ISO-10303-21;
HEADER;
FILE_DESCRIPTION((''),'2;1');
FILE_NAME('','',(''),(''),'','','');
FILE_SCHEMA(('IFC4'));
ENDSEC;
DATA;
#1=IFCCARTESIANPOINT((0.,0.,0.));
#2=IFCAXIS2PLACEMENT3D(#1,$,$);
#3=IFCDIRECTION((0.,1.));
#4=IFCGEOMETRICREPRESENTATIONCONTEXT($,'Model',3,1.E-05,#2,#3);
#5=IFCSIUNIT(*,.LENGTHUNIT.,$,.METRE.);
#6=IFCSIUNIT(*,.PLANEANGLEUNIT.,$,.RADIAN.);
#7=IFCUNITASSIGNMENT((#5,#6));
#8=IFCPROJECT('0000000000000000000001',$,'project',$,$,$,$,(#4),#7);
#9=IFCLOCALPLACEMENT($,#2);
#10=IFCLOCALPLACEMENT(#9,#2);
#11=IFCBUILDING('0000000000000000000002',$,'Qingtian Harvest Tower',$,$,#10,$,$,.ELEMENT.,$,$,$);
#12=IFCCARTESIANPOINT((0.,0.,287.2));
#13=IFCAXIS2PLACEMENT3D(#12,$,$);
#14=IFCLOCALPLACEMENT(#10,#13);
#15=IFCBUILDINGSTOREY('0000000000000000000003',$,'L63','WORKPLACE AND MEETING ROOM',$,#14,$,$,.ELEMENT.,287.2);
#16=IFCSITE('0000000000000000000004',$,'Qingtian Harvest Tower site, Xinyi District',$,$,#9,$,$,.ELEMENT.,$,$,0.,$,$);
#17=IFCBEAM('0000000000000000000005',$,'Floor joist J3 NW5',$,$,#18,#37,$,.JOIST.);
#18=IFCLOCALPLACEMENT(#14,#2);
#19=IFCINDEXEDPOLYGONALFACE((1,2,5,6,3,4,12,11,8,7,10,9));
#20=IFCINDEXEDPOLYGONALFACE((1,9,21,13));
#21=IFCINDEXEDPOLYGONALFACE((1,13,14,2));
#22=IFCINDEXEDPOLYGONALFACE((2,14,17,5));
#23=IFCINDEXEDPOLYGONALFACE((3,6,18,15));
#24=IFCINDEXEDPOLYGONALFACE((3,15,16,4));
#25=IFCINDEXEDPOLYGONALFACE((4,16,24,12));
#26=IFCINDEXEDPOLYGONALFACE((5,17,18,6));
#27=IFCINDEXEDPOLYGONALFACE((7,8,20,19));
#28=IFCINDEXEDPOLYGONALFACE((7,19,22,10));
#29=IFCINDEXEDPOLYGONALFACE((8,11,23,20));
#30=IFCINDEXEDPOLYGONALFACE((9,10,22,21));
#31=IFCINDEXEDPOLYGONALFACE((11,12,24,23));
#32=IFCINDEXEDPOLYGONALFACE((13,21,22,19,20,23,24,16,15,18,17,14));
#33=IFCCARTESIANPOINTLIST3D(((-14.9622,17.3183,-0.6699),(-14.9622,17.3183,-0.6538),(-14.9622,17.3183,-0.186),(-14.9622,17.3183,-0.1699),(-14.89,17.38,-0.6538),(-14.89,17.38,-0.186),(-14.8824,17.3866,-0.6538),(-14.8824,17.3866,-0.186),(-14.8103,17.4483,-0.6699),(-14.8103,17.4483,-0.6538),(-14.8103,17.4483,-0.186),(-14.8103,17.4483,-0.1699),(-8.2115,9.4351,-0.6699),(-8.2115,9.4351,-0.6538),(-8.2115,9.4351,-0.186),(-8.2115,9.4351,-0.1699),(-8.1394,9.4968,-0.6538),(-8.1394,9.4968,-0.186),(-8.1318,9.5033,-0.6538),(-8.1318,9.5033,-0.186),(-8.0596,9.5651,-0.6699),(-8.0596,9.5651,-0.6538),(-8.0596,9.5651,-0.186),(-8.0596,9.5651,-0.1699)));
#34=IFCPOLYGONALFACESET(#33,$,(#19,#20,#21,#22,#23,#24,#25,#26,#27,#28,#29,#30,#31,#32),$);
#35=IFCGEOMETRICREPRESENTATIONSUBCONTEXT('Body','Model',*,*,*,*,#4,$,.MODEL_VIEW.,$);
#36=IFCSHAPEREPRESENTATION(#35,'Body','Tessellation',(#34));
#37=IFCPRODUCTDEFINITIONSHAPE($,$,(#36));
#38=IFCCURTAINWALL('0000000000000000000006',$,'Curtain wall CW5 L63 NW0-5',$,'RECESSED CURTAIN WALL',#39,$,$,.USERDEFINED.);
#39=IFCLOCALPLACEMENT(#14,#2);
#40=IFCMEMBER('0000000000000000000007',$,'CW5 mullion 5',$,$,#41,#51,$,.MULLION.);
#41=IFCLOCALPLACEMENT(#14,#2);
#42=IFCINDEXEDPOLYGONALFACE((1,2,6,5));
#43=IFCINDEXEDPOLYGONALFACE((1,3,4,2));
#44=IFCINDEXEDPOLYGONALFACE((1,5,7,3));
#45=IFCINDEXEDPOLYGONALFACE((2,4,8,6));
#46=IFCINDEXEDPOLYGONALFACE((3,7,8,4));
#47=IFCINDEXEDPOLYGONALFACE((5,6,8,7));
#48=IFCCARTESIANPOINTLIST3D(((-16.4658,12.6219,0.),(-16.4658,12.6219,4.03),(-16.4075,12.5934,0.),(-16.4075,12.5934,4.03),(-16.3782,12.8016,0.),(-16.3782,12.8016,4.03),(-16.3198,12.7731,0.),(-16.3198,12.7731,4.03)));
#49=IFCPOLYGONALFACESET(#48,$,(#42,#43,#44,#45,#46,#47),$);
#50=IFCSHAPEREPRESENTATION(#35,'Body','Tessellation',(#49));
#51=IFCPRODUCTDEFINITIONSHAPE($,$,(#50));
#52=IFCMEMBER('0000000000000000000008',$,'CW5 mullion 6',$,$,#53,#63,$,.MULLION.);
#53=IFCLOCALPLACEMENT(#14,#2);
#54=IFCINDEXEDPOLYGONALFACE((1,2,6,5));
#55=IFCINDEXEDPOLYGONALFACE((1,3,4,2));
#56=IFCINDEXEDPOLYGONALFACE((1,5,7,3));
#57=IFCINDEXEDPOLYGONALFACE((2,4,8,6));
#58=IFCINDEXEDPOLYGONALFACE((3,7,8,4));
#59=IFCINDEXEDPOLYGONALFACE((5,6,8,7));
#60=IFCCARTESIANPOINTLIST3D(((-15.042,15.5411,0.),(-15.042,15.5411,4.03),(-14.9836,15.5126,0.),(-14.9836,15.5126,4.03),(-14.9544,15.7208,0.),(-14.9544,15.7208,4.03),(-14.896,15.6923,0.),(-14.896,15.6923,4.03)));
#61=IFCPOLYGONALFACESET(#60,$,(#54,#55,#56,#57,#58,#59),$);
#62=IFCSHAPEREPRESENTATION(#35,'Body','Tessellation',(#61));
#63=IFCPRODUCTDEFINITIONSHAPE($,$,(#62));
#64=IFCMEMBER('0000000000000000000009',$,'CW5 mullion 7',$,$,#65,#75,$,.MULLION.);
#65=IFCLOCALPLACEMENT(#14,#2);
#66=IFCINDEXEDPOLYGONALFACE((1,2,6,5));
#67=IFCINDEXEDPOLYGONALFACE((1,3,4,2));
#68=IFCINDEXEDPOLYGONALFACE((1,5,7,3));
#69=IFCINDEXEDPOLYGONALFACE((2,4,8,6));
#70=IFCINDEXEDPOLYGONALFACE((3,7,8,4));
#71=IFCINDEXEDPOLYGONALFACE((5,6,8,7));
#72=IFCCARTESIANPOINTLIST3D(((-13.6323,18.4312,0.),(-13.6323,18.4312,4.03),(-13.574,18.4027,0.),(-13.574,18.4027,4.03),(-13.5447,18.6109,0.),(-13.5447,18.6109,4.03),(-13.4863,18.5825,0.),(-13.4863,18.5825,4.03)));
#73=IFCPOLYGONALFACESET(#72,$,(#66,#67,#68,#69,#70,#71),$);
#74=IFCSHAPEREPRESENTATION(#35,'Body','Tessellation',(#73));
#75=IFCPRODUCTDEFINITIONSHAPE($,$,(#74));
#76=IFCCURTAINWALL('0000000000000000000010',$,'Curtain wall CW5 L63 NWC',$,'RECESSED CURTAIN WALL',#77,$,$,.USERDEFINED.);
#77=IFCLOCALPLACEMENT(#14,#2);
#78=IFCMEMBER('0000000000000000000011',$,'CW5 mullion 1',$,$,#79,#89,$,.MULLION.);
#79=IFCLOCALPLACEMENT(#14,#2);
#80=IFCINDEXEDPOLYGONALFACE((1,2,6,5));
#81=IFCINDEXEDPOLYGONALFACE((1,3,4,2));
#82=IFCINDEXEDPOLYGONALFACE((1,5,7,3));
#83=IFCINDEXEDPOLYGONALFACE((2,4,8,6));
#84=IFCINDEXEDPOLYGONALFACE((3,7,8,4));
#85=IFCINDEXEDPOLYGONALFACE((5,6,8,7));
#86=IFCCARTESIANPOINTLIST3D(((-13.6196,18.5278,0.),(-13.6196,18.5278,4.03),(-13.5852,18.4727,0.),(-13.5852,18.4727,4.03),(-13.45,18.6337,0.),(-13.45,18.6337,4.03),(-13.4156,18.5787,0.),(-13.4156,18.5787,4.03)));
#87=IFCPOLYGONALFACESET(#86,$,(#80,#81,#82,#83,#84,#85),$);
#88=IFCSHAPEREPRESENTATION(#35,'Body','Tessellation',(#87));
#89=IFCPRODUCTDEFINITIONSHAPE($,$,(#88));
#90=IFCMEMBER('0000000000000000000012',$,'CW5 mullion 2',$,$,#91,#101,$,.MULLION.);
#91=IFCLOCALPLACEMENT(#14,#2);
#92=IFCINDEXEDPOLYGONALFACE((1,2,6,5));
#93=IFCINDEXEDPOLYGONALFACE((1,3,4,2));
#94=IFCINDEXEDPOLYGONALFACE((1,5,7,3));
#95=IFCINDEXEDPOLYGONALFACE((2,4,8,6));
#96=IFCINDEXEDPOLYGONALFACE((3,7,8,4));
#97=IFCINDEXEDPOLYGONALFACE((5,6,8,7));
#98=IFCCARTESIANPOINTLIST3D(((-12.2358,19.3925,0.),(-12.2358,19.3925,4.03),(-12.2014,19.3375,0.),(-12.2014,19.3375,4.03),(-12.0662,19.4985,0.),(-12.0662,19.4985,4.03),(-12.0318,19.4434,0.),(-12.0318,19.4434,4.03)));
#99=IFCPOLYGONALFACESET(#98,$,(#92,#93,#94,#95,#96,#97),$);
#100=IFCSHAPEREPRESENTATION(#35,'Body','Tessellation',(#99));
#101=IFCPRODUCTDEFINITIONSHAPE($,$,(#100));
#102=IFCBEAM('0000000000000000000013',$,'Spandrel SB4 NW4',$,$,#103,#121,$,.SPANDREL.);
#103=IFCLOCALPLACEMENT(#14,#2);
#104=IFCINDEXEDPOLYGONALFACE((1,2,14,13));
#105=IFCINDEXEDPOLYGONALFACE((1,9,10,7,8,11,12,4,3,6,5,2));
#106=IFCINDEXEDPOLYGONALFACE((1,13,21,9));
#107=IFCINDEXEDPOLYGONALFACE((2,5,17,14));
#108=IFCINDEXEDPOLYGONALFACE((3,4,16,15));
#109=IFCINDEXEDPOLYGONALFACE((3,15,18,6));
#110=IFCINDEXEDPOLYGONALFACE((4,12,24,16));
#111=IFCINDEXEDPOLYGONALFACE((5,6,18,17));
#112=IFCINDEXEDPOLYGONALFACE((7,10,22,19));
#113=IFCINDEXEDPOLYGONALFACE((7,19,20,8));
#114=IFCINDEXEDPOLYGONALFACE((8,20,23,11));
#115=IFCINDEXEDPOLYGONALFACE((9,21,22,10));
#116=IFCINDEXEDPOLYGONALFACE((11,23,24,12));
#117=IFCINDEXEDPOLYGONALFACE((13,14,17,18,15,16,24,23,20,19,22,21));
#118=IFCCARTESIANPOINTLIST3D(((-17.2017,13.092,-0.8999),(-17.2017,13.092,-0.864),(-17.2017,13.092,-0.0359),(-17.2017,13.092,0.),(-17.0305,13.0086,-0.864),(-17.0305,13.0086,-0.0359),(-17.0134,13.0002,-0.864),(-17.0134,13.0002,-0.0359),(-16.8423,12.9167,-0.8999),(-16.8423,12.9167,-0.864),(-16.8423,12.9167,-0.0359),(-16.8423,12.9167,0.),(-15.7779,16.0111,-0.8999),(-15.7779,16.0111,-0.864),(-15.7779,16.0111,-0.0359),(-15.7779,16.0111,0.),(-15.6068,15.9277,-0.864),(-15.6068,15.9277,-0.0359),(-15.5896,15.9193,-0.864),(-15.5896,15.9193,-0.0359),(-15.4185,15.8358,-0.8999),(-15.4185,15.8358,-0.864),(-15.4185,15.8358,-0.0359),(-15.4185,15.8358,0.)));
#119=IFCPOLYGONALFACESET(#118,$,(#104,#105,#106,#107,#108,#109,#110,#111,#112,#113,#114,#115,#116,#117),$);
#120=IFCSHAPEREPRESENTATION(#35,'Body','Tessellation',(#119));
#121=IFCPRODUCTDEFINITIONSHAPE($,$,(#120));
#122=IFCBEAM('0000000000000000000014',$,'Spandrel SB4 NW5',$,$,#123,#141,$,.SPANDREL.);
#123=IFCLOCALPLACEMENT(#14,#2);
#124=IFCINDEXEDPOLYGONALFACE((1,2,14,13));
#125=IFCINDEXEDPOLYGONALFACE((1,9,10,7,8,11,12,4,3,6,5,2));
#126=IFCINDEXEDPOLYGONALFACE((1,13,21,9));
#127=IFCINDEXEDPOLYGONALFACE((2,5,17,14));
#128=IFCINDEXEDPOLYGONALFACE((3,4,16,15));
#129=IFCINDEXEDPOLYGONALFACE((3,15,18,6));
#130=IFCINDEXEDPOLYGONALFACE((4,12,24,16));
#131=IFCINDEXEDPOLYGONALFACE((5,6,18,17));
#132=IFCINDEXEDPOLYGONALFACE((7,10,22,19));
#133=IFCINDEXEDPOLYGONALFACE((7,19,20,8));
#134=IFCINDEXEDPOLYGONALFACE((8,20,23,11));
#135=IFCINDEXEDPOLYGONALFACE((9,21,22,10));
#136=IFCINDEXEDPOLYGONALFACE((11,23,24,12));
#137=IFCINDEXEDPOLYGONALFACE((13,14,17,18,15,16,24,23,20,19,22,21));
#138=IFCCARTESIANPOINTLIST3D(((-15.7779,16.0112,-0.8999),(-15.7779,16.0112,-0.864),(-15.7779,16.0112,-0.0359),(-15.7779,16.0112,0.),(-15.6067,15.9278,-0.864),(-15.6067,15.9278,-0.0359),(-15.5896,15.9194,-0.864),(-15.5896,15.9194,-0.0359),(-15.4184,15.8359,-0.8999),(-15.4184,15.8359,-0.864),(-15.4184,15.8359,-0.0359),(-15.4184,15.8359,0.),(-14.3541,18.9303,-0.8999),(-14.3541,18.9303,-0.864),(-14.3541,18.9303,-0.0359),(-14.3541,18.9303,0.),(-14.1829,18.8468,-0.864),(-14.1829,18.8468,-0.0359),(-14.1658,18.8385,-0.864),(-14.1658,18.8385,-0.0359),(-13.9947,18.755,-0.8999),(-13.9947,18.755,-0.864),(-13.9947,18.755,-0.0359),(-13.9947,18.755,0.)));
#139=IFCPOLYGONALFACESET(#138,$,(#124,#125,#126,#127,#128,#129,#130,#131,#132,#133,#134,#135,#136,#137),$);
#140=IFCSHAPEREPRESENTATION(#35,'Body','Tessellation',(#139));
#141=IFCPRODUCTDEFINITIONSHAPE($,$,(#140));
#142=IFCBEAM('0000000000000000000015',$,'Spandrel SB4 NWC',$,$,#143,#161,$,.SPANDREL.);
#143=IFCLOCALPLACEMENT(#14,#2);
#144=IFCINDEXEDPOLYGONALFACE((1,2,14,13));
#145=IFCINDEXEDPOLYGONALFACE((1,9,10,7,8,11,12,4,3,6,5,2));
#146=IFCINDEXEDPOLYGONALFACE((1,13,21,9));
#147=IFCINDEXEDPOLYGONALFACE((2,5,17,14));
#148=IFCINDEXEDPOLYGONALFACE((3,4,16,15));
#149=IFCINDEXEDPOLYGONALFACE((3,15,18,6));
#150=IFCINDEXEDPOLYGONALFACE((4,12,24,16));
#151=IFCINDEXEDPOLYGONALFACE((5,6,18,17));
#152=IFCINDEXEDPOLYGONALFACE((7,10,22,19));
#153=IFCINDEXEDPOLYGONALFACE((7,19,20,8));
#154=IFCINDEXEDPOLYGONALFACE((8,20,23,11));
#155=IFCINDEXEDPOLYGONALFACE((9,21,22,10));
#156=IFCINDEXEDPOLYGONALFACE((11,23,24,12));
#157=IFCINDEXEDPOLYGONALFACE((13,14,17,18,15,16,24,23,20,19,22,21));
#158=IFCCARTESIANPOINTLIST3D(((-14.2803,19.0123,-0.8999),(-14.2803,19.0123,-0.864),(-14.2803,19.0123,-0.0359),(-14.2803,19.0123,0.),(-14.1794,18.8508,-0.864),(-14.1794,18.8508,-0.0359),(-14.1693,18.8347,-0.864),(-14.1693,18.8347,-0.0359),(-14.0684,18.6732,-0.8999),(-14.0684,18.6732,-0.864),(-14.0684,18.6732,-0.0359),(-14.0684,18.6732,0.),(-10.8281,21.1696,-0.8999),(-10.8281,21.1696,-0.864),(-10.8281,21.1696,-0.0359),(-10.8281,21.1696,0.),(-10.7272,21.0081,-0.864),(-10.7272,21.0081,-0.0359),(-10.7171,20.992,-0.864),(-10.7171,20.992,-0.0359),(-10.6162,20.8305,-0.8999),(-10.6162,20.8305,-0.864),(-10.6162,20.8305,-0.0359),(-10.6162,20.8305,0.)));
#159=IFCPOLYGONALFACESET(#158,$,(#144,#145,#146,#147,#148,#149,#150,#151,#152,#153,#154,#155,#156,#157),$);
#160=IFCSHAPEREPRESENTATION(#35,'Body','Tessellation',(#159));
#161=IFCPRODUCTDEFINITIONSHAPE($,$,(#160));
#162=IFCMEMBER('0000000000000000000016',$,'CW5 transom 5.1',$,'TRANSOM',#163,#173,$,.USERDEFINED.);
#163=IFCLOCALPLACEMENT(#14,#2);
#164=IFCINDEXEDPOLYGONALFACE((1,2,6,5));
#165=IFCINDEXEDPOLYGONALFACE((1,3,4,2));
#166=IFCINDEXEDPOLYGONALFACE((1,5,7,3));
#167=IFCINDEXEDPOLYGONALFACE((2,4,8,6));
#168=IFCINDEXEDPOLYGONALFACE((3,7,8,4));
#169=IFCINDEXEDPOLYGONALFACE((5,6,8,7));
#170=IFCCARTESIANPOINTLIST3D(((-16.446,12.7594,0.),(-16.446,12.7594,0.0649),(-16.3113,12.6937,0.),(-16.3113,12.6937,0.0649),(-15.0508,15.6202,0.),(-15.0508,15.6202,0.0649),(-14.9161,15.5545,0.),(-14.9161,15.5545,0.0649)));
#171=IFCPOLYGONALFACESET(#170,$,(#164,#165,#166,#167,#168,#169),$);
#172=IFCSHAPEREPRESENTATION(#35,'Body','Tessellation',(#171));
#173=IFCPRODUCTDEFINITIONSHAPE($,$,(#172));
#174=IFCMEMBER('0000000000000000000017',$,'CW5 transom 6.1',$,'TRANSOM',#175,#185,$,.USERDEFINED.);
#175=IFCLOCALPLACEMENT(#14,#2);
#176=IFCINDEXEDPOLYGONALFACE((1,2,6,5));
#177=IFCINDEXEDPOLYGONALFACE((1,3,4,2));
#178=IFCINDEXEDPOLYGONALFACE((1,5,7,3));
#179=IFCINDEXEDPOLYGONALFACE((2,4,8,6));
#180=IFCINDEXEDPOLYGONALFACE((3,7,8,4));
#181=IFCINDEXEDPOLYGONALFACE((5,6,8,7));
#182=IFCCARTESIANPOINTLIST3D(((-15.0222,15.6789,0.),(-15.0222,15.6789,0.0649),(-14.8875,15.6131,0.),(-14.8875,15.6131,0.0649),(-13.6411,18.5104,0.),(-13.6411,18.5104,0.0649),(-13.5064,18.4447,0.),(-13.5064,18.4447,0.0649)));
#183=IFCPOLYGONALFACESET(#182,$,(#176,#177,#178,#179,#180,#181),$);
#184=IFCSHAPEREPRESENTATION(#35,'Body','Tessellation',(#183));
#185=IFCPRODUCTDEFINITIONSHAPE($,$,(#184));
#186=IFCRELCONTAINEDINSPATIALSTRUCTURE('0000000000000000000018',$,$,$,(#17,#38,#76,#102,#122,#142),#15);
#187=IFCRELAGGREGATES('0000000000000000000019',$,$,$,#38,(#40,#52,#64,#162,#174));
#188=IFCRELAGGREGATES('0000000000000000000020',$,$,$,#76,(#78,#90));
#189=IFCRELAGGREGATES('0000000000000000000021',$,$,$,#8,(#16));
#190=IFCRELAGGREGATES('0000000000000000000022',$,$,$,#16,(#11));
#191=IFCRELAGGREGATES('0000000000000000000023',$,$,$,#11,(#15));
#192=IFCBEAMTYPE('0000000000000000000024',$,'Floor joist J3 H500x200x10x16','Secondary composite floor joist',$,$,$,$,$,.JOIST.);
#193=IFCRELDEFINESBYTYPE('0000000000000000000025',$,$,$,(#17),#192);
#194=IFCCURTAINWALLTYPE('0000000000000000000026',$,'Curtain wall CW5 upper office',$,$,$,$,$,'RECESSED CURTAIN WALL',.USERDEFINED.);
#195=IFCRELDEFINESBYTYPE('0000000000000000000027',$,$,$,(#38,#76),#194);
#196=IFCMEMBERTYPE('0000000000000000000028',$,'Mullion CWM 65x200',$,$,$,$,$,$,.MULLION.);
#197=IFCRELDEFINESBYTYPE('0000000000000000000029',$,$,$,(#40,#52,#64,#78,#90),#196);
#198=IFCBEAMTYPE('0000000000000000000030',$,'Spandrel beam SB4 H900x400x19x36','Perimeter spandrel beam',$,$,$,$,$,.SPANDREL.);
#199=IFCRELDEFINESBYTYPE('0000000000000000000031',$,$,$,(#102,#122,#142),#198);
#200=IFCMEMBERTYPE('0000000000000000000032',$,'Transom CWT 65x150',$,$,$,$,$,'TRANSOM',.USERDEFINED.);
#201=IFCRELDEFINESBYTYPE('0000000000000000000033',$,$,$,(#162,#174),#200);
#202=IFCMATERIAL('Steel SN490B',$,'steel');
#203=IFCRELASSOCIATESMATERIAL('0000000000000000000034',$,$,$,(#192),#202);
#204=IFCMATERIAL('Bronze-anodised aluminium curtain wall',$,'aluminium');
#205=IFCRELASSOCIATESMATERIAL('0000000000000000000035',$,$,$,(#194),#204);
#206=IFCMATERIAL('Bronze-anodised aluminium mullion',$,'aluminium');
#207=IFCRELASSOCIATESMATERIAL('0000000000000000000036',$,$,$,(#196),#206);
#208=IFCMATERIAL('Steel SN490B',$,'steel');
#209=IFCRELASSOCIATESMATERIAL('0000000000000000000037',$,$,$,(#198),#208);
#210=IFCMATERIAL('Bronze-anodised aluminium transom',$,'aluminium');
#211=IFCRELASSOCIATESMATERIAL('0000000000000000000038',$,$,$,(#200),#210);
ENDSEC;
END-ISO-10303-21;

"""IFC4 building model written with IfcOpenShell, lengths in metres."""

from ifc_helpers import new_model, si_unit, direction, frame, origin, origin_2d, place, context, subcontext, project, spatial, rectangle, i_section, extrude, material, material_profile, profile_set, type_object, element, aggregate, save


model = new_model("IFC4")

# Units and contexts
model_context = context("Model", 3, precision=1e-05, world=origin(), true_north=direction((0.0, 1.0)))
body_context = subcontext(model_context, "Body", "Model", "MODEL_VIEW")
ifc_project = project(units=[si_unit("LENGTHUNIT", "METRE"), si_unit("PLANEANGLEUNIT", "RADIAN")], contexts=[model_context])

# Site, building, storey
site_placement = place(None, origin())
site = spatial("IfcSite", under=ifc_project, at=site_placement, Name="Qingtian Harvest Tower site, Xinyi District", CompositionType="ELEMENT", RefElevation=0.0)
building_placement = place(site_placement, origin())
building = spatial("IfcBuilding", under=site, at=building_placement, Name="Qingtian Harvest Tower", CompositionType="ELEMENT")
storey_placement = place(building_placement, frame((0.0, 0.0, 287.2)))
storey = spatial("IfcBuildingStorey", under=building, at=storey_placement, Name="L63", Description="WORKPLACE AND MEETING ROOM", CompositionType="ELEMENT", Elevation=287.2)

# Beam
ifc_material_1 = material(Name="Steel SN490B", Category="steel")
ifc_material_profile_1 = material_profile(ifc_material_1, i_section(OverallWidth=0.2, OverallDepth=0.5, WebThickness=0.01, FlangeThickness=0.0161, at=origin_2d()), Name="H500x200x10x16")
ifc_profile_set_1 = profile_set([ifc_material_profile_1], Name="Steel SN490B")
beam_type_1 = type_object("IfcBeamType", Name="Floor joist J3 H500x200x10x16", Description="Secondary composite floor joist", PredefinedType="JOIST", material=ifc_profile_set_1)
beam_1_placement = place(storey_placement, frame((-14.8862, 17.3833, -0.4199), z_axis=(0.650437, -0.75956, 0.0), x_axis=(0.75956, 0.650437, 0.0)))
element("IfcBeam", 1, at=beam_1_placement, inside=storey, type_object=beam_type_1, Name="Floor joist J3 NW5", PredefinedType="JOIST", context=body_context, shape_type="SweptSolid", body=[
    extrude(i_section(OverallWidth=0.2, OverallDepth=0.5, WebThickness=0.01, FlangeThickness=0.0161, at=origin_2d()), origin(), (0.0, 0.0, 1.0), 10.3787),
])

# Curtain walls, members
ifc_material_2 = material(Name="Bronze-anodised aluminium curtain wall", Category="aluminium")
curtain_wall_type = type_object("IfcCurtainWallType", Name="Curtain wall CW5 upper office", ElementType="RECESSED CURTAIN WALL", PredefinedType="USERDEFINED", material=ifc_material_2)
curtain_wall_1_placement = place(storey_placement, origin())
curtain_wall_1 = element("IfcCurtainWall", 2, at=curtain_wall_1_placement, inside=storey, type_object=curtain_wall_type, Name="Curtain wall CW5 L63 NW0-5", ObjectType="RECESSED CURTAIN WALL", PredefinedType="USERDEFINED")
ifc_material_3 = material(Name="Bronze-anodised aluminium mullion", Category="aluminium")
ifc_material_profile_2 = material_profile(ifc_material_3, rectangle(XDim=0.0649, YDim=0.2, at=origin_2d()), Name="AL 65x200")
ifc_profile_set_2 = profile_set([ifc_material_profile_2], Name="Bronze-anodised aluminium mullion")
member_type_1 = type_object("IfcMemberType", Name="Mullion CWM 65x200", PredefinedType="MULLION", material=ifc_profile_set_2)
member_1_placement = place(storey_placement, frame((-16.3928, 12.6975, 0.0), z_axis=(0.0, 0.0, 1.0), x_axis=(-0.898794, 0.438371, 0.0)))
member_1 = element("IfcMember", 3, at=member_1_placement, type_object=member_type_1, Name="CW5 mullion 5", PredefinedType="MULLION", context=body_context, shape_type="SweptSolid", body=[
    extrude(rectangle(XDim=0.0649, YDim=0.2, at=origin_2d()), origin(), (0.0, 0.0, 1.0), 4.03),
])
member_2_placement = place(storey_placement, frame((-14.969, 15.6167, 0.0), z_axis=(0.0, 0.0, 1.0), x_axis=(-0.898794, 0.438371, 0.0)))
member_2 = element("IfcMember", 4, at=member_2_placement, type_object=member_type_1, Name="CW5 mullion 6", PredefinedType="MULLION", context=body_context, shape_type="SweptSolid", body=[
    extrude(rectangle(XDim=0.0649, YDim=0.2, at=origin_2d()), origin(), (0.0, 0.0, 1.0), 4.03),
])
member_3_placement = place(storey_placement, frame((-13.5593, 18.5068, 0.0), z_axis=(0.0, 0.0, 1.0), x_axis=(-0.898794, 0.438371, 0.0)))
member_3 = element("IfcMember", 5, at=member_3_placement, type_object=member_type_1, Name="CW5 mullion 7", PredefinedType="MULLION", context=body_context, shape_type="SweptSolid", body=[
    extrude(rectangle(XDim=0.0649, YDim=0.2, at=origin_2d()), origin(), (0.0, 0.0, 1.0), 4.03),
])
curtain_wall_2_placement = place(storey_placement, origin())
curtain_wall_2 = element("IfcCurtainWall", 6, at=curtain_wall_2_placement, inside=storey, type_object=curtain_wall_type, Name="Curtain wall CW5 L63 NWC", ObjectType="RECESSED CURTAIN WALL", PredefinedType="USERDEFINED")
member_4_placement = place(storey_placement, frame((-13.5176, 18.5532, 0.0), z_axis=(0.0, 0.0, 1.0), x_axis=(-0.529919, 0.848048, 0.0)))
member_4 = element("IfcMember", 7, at=member_4_placement, type_object=member_type_1, Name="CW5 mullion 1", PredefinedType="MULLION", context=body_context, shape_type="SweptSolid", body=[
    extrude(rectangle(XDim=0.0649, YDim=0.2, at=origin_2d()), origin(), (0.0, 0.0, 1.0), 4.03),
])
member_5_placement = place(storey_placement, frame((-12.1338, 19.418, 0.0), z_axis=(0.0, 0.0, 1.0), x_axis=(-0.529919, 0.848048, 0.0)))
member_5 = element("IfcMember", 8, at=member_5_placement, type_object=member_type_1, Name="CW5 mullion 2", PredefinedType="MULLION", context=body_context, shape_type="SweptSolid", body=[
    extrude(rectangle(XDim=0.0649, YDim=0.2, at=origin_2d()), origin(), (0.0, 0.0, 1.0), 4.03),
])

# Beams
ifc_material_4 = material(Name="Steel SN490B", Category="steel")
ifc_material_profile_3 = material_profile(ifc_material_4, i_section(OverallWidth=0.3999, OverallDepth=0.8999, WebThickness=0.019, FlangeThickness=0.0359, at=origin_2d()), Name="H900x400x19x36")
ifc_profile_set_3 = profile_set([ifc_material_profile_3], Name="Steel SN490B")
beam_type_2 = type_object("IfcBeamType", Name="Spandrel beam SB4 H900x400x19x36", Description="Perimeter spandrel beam", PredefinedType="SPANDREL", material=ifc_profile_set_3)
for number, where, z_axis, x_axis, name in (
    (9, (-17.022, 13.0044, -0.45), (0.438382, 0.898789, 0.0), (-0.898789, 0.438382, 0.0), "Spandrel SB4 NW4"),
    (10, (-15.5981, 15.9236, -0.45), (0.438382, 0.898789, 0.0), (-0.898789, 0.438382, 0.0), "Spandrel SB4 NW5"),
):
    element("IfcBeam", number, at=place(storey_placement, frame(where, z_axis=z_axis, x_axis=x_axis)), inside=storey, type_object=beam_type_2, Name=name, PredefinedType="SPANDREL", context=body_context, shape_type="SweptSolid", body=[
        extrude(i_section(OverallWidth=0.3999, OverallDepth=0.8999, WebThickness=0.019, FlangeThickness=0.0359, at=origin_2d()), origin(), (0.0, 0.0, 1.0), 3.2478),
    ])
beam_2_placement = place(storey_placement, frame((-14.1743, 18.8428, -0.45), z_axis=(0.848039, 0.529934, 0.0), x_axis=(-0.529934, 0.848039, 0.0)))
element("IfcBeam", 11, at=beam_2_placement, inside=storey, type_object=beam_type_2, Name="Spandrel SB4 NWC", PredefinedType="SPANDREL", context=body_context, shape_type="SweptSolid", body=[
    extrude(i_section(OverallWidth=0.3999, OverallDepth=0.8999, WebThickness=0.019, FlangeThickness=0.0359, at=origin_2d()), origin(), (0.0, 0.0, 1.0), 4.0708),
])

# Members
ifc_material_5 = material(Name="Bronze-anodised aluminium transom", Category="aluminium")
ifc_material_profile_4 = material_profile(ifc_material_5, rectangle(XDim=0.1499, YDim=0.0649, at=origin_2d()), Name="AL 65x150")
ifc_profile_set_4 = profile_set([ifc_material_profile_4], Name="Bronze-anodised aluminium transom")
member_type_2 = type_object("IfcMemberType", Name="Transom CWT 65x150", ElementType="TRANSOM", PredefinedType="USERDEFINED", material=ifc_profile_set_4)
member_6_placement = place(storey_placement, frame((-16.3787, 12.7266, 0.0325), z_axis=(0.438356, 0.898802, 0.0), x_axis=(-0.898802, 0.438356, 0.0)))
member_6 = element("IfcMember", 12, at=member_6_placement, type_object=member_type_2, Name="CW5 transom 5.1", ObjectType="TRANSOM", PredefinedType="USERDEFINED", context=body_context, shape_type="SweptSolid", body=[
    extrude(rectangle(XDim=0.1499, YDim=0.0649, at=origin_2d()), origin(), (0.0, 0.0, 1.0), 3.1829),
])
member_7_placement = place(storey_placement, frame((-14.9548, 15.646, 0.0325), z_axis=(0.438389, 0.898786, 0.0), x_axis=(-0.898786, 0.438389, 0.0)))
member_7 = element("IfcMember", 13, at=member_7_placement, type_object=member_type_2, Name="CW5 transom 6.1", ObjectType="TRANSOM", PredefinedType="USERDEFINED", context=body_context, shape_type="SweptSolid", body=[
    extrude(rectangle(XDim=0.1499, YDim=0.0649, at=origin_2d()), origin(), (0.0, 0.0, 1.0), 3.1504),
])

aggregate(curtain_wall_1, [member_1, member_2, member_3, member_6, member_7])
aggregate(curtain_wall_2, [member_4, member_5])

save(model, "model.ifc")
